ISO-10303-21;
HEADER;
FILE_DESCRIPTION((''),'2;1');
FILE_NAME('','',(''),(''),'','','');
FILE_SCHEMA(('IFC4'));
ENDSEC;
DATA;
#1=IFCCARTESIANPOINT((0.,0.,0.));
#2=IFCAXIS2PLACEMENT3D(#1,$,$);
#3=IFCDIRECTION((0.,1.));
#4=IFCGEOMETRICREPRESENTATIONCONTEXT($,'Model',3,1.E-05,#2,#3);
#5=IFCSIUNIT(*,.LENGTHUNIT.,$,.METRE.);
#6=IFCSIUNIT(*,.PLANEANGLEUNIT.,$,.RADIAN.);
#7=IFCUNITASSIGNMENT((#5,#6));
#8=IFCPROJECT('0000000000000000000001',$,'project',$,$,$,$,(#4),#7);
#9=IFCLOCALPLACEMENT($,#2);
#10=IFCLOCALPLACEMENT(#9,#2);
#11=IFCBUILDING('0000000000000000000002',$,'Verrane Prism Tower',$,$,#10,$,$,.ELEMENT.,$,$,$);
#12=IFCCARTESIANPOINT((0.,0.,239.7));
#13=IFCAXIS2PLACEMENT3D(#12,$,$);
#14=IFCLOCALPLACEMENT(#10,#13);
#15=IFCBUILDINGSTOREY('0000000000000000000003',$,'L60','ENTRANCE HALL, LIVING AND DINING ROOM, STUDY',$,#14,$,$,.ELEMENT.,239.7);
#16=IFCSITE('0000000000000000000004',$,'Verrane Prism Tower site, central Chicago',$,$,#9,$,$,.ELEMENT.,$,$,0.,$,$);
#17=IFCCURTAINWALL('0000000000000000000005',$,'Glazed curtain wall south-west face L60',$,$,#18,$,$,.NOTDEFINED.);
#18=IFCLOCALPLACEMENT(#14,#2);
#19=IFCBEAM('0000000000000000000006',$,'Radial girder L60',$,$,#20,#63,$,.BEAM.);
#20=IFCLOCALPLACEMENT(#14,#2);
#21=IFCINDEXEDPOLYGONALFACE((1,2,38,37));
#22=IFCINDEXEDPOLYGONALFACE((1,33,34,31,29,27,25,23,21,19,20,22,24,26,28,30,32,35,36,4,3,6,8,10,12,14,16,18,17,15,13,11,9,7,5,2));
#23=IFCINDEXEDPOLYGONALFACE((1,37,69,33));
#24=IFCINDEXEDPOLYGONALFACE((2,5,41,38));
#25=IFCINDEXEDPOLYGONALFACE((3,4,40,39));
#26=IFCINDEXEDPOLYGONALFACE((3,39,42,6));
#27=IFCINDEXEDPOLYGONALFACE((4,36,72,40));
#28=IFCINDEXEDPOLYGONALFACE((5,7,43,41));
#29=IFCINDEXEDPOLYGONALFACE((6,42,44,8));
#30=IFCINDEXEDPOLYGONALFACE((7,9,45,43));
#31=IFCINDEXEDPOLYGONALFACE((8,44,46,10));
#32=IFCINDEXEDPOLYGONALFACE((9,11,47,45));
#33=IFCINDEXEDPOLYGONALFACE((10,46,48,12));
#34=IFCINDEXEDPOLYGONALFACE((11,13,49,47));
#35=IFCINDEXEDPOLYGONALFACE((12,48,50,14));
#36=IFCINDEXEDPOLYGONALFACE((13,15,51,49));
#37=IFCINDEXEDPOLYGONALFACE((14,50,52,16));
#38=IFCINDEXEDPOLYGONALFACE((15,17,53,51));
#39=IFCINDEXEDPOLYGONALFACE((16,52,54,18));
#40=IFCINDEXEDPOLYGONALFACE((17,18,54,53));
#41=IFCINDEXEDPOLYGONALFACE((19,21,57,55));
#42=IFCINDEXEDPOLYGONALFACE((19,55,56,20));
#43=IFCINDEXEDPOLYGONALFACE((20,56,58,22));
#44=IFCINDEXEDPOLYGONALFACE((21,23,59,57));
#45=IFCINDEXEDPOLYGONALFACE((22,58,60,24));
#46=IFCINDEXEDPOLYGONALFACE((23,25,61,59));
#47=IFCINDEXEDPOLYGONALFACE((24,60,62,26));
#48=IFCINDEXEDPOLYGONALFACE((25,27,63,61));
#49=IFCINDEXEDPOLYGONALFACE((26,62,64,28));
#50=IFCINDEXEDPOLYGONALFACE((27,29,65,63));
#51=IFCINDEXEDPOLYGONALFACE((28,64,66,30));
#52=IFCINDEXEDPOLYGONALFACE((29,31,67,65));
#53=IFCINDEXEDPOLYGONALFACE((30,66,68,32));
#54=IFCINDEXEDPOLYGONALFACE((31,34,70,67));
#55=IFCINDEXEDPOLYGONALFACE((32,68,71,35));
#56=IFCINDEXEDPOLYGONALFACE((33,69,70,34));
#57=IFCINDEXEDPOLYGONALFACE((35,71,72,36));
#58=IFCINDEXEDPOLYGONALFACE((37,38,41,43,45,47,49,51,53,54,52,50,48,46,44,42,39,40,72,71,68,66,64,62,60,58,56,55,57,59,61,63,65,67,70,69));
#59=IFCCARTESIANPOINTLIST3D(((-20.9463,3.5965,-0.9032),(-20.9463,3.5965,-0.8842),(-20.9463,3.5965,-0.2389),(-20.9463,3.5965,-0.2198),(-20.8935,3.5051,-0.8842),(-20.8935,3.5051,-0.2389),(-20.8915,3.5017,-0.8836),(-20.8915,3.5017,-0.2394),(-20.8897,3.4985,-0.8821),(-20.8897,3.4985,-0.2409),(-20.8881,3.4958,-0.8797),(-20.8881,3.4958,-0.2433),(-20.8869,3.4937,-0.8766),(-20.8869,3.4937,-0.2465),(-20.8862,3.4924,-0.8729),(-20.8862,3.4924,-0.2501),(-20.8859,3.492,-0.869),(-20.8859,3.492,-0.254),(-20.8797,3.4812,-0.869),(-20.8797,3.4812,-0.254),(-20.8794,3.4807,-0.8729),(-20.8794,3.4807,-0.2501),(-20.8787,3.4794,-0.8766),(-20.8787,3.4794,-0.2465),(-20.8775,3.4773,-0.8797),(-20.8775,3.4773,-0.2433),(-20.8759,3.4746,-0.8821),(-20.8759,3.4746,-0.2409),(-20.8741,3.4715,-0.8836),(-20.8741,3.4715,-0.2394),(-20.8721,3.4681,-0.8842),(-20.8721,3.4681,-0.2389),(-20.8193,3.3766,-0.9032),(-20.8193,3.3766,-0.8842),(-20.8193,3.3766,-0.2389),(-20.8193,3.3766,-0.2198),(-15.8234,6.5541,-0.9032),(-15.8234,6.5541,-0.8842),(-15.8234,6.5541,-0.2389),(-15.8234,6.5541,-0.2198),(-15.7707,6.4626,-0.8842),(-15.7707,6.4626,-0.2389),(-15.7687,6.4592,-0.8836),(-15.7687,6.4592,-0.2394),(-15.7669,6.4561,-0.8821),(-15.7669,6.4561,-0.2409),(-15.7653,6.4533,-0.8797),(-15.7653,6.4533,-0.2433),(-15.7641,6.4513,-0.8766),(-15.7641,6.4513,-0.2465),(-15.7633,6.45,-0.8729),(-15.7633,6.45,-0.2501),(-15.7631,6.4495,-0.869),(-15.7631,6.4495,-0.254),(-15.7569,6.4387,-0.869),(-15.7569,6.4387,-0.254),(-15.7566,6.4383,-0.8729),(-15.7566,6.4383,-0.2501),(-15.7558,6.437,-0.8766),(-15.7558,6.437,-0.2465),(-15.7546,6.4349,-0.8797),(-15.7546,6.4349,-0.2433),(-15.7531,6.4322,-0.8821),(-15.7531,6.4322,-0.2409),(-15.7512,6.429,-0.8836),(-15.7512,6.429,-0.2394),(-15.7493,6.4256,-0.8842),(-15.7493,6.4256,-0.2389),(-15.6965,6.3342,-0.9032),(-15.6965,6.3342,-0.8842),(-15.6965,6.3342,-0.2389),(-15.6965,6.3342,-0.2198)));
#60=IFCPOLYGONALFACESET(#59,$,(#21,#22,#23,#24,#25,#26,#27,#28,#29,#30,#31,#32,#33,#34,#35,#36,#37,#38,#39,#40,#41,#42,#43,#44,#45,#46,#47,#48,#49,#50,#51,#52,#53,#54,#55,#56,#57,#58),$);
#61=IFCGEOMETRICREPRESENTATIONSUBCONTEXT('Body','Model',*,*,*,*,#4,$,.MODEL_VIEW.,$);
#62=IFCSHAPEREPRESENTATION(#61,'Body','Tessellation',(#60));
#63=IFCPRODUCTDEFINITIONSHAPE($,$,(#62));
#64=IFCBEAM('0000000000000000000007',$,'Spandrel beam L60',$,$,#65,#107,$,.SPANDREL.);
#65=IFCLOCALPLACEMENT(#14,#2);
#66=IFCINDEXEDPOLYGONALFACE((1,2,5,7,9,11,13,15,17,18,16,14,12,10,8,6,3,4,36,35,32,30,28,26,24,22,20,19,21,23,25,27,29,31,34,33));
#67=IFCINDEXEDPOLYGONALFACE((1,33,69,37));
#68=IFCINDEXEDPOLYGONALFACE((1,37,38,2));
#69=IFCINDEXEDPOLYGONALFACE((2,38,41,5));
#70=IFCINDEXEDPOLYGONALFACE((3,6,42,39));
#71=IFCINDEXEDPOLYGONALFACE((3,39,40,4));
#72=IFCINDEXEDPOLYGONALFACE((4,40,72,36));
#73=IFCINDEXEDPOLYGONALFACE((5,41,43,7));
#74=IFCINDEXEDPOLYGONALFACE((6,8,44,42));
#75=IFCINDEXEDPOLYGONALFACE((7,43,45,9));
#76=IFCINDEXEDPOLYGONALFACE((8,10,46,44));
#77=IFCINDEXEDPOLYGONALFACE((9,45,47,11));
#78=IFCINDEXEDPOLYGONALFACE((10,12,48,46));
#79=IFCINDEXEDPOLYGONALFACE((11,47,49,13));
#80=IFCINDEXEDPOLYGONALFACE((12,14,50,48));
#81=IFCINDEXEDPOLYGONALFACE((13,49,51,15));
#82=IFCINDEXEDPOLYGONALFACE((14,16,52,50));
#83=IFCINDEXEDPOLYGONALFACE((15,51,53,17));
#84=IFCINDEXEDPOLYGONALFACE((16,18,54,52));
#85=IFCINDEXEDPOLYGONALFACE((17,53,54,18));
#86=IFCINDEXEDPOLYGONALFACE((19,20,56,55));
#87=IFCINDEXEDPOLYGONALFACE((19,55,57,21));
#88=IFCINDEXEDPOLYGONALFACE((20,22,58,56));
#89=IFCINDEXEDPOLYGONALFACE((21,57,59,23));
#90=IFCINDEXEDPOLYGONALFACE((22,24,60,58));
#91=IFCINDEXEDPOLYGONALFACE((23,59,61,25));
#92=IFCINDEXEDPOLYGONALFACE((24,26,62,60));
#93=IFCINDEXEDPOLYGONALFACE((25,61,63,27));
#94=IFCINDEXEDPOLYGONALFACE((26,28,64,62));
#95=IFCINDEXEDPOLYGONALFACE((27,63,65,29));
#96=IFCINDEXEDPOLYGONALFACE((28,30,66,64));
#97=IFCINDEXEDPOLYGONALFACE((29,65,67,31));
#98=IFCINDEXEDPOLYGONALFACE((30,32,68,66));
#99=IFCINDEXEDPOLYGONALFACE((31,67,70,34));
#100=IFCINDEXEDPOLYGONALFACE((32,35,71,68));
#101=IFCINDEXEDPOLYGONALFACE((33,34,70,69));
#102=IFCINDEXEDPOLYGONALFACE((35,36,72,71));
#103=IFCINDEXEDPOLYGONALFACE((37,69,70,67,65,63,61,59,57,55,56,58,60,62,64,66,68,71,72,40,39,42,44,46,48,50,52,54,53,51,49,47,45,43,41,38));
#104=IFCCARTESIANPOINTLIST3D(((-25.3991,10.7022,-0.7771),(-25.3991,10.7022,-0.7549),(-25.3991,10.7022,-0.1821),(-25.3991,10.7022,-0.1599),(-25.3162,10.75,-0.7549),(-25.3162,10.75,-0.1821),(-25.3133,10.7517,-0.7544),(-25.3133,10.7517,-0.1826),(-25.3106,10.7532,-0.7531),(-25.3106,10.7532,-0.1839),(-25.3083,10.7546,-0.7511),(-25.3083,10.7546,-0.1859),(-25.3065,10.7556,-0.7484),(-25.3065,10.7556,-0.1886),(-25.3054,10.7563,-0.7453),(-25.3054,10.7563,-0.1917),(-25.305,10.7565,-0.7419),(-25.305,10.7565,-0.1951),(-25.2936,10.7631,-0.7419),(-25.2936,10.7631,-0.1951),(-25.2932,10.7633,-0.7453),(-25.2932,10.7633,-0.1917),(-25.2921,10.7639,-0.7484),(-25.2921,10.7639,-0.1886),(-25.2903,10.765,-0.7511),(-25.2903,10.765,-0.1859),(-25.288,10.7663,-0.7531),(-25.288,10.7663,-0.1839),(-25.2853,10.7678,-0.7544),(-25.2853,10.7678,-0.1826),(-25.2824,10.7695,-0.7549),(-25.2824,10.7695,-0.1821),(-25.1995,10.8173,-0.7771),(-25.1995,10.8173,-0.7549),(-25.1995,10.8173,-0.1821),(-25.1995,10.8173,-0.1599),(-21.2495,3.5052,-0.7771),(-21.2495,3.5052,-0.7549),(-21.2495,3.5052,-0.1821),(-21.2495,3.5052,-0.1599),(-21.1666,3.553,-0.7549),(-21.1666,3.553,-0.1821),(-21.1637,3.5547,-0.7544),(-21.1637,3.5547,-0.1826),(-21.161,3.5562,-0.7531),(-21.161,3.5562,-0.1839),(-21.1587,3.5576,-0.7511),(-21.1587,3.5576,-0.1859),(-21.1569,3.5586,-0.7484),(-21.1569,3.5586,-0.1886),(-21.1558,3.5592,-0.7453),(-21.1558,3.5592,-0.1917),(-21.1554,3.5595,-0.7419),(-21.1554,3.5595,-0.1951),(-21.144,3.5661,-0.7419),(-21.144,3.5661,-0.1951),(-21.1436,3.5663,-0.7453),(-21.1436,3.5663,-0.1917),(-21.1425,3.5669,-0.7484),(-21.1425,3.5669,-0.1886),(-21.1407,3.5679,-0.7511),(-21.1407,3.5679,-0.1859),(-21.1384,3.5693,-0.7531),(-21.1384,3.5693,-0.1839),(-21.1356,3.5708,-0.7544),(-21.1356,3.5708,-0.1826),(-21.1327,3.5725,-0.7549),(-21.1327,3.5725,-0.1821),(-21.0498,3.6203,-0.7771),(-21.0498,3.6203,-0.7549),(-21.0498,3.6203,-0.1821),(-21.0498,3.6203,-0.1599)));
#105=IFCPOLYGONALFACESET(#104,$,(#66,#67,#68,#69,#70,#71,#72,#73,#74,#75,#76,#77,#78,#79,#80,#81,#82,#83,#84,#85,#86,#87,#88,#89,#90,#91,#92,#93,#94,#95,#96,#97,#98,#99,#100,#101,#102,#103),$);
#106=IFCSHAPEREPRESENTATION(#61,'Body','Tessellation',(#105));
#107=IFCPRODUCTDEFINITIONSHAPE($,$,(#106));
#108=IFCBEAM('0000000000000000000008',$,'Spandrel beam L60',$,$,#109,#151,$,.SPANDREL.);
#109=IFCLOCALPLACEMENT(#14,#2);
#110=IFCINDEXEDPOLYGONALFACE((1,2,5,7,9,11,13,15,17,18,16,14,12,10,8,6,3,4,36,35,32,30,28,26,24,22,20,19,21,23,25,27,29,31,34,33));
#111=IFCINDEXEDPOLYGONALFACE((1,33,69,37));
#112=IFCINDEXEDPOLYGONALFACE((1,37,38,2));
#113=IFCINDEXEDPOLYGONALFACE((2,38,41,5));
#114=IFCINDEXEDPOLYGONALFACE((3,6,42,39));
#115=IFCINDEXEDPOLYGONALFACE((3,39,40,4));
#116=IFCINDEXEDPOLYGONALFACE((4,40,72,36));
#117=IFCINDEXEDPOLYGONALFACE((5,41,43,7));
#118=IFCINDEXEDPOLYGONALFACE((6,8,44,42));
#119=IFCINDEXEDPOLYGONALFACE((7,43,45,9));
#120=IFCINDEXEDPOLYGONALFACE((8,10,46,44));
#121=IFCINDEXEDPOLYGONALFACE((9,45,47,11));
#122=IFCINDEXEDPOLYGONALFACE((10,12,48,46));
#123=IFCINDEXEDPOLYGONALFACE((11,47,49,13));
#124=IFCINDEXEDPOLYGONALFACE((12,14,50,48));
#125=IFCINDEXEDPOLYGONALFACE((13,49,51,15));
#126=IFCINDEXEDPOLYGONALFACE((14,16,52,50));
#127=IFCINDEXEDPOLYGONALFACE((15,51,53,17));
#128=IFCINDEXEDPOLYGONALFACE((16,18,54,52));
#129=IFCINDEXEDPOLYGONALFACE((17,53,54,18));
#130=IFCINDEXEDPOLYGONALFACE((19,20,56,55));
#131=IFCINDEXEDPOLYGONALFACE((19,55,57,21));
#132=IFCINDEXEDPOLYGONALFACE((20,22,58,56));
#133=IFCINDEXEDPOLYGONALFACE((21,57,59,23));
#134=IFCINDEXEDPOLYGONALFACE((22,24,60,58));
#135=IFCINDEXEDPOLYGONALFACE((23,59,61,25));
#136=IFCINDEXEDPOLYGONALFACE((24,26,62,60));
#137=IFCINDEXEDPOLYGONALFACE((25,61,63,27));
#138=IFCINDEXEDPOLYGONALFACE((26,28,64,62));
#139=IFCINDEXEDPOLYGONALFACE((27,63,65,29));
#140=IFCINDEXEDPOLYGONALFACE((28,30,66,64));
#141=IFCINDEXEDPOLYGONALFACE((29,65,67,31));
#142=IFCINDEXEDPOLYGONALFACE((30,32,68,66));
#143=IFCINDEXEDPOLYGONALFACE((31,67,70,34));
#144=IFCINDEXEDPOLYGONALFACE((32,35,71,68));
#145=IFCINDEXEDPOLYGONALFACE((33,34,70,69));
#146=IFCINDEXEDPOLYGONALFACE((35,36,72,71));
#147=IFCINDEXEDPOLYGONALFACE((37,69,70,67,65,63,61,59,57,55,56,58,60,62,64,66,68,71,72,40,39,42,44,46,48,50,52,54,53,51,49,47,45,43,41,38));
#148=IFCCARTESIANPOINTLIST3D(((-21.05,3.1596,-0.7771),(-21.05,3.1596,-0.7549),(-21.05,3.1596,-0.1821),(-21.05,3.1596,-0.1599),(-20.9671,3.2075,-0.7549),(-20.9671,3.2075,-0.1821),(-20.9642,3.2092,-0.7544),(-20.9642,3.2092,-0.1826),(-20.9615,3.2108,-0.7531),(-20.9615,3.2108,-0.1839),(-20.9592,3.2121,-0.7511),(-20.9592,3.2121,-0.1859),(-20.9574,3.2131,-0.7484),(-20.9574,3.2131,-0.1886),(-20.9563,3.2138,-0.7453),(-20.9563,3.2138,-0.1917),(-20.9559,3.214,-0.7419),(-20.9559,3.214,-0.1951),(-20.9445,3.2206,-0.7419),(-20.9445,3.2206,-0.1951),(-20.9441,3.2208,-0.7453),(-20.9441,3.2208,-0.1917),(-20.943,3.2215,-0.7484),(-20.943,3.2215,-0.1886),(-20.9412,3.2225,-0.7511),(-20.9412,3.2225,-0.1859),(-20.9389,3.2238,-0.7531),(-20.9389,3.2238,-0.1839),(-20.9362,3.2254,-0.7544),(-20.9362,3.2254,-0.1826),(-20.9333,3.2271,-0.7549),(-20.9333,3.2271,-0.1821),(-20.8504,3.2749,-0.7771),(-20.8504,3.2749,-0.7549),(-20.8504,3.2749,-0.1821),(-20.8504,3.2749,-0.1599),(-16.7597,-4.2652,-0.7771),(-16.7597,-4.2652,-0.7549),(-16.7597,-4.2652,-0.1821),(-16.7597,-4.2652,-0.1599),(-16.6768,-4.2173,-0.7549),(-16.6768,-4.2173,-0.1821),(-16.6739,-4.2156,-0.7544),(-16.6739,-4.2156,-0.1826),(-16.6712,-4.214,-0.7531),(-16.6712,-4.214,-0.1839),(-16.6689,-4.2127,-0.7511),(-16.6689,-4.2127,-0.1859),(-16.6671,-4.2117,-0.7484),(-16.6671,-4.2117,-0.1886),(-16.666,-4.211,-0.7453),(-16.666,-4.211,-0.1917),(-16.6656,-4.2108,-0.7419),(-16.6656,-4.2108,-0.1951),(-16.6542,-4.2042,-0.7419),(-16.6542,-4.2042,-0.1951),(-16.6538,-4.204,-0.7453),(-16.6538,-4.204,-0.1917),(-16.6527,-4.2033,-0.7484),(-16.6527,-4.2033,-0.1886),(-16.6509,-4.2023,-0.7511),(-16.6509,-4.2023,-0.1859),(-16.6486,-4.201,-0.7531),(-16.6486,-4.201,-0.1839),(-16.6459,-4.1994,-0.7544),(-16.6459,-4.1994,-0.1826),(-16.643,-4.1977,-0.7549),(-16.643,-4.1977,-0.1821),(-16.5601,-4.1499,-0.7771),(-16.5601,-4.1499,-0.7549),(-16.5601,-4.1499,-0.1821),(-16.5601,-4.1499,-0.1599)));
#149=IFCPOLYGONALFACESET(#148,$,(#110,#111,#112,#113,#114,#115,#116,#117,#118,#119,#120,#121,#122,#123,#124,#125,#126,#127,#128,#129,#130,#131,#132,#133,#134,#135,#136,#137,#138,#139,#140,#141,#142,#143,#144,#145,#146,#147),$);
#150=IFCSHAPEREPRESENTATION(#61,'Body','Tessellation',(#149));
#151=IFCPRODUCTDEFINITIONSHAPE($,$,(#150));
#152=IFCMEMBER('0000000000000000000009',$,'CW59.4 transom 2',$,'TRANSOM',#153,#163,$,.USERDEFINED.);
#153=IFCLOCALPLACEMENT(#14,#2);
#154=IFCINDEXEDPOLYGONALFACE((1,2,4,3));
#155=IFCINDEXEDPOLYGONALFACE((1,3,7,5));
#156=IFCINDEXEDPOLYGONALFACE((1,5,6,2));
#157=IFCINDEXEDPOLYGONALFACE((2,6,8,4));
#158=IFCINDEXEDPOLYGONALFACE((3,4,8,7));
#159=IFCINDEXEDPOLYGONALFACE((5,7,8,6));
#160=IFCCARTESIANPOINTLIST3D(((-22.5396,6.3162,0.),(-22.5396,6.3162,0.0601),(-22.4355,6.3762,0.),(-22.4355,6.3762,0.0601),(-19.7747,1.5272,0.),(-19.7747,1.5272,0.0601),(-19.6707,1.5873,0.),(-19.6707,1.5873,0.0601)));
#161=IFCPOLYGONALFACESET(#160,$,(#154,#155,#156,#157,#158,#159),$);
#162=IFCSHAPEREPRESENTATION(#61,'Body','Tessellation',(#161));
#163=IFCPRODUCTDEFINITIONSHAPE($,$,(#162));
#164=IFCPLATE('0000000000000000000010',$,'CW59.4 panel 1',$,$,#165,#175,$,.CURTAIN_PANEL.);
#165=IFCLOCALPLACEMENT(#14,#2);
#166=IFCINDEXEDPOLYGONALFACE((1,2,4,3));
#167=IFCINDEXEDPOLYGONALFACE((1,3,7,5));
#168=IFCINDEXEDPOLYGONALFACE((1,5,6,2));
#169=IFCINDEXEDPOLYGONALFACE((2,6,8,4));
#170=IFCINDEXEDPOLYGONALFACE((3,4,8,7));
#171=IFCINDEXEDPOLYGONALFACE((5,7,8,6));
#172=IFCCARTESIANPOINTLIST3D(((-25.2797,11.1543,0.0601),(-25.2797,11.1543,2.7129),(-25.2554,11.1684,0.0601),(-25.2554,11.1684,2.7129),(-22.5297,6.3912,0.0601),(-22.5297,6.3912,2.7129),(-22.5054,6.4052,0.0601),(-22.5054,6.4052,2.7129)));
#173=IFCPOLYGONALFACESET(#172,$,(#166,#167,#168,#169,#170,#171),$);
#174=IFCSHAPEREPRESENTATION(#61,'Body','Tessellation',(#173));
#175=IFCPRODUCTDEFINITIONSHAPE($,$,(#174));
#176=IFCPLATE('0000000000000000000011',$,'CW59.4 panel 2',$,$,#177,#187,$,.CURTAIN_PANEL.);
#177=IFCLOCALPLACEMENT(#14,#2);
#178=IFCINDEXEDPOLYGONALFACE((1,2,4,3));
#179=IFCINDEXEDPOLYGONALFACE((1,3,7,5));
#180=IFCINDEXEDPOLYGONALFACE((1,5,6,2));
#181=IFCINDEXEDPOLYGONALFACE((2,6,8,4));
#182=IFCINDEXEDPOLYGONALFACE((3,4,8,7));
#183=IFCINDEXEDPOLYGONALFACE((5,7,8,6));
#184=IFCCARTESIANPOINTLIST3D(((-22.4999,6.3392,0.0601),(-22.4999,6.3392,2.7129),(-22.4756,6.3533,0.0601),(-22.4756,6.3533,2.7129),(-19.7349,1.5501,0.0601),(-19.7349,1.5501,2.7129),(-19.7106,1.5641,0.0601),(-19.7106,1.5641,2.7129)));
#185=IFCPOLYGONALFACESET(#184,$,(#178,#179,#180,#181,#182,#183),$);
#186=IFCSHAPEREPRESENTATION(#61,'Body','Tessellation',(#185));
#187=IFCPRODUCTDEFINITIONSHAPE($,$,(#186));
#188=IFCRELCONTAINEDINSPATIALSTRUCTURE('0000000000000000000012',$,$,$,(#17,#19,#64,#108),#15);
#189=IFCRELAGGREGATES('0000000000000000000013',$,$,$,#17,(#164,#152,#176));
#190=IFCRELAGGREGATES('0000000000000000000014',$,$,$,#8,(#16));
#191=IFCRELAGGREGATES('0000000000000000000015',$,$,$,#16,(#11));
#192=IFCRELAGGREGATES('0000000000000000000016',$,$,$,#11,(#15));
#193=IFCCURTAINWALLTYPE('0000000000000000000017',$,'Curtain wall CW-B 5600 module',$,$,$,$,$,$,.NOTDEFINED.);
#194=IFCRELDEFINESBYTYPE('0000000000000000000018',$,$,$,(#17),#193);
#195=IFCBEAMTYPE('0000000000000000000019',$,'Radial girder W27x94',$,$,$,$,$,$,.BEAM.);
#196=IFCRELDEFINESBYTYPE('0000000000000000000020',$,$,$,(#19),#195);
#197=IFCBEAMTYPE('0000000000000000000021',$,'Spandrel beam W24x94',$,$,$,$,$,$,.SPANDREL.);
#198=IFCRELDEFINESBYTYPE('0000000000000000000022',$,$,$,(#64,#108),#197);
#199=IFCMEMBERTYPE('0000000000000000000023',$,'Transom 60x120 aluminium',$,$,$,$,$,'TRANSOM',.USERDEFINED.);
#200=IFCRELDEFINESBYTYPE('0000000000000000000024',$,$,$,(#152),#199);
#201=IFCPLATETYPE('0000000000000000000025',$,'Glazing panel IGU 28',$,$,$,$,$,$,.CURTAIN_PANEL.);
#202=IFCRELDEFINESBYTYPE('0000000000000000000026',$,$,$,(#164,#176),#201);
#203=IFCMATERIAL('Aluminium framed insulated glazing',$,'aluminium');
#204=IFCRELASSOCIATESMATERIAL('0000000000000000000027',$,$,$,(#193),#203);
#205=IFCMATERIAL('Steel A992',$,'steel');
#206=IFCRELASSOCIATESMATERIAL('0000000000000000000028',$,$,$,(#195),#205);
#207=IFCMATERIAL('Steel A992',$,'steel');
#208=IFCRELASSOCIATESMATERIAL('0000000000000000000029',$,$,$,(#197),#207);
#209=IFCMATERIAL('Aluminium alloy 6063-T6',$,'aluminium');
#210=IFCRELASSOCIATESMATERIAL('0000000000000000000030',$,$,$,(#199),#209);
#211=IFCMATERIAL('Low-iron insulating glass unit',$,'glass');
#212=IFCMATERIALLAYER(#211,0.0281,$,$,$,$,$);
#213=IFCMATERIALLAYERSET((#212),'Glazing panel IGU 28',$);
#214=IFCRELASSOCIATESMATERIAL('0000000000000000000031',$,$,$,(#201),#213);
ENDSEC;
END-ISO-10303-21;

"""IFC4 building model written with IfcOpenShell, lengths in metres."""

from ifc_helpers import new_model, si_unit, direction, frame, origin, origin_2d, place, context, subcontext, project, spatial, rectangle, i_section, extrude, material, layer, layer_set, material_profile, profile_set, type_object, element, aggregate, save


model = new_model("IFC4")

# Units and contexts
model_context = context("Model", 3, precision=1e-05, world=origin(), true_north=direction((0.0, 1.0)))
body_context = subcontext(model_context, "Body", "Model", "MODEL_VIEW")
ifc_project = project(units=[si_unit("LENGTHUNIT", "METRE"), si_unit("PLANEANGLEUNIT", "RADIAN")], contexts=[model_context])

# Site, building, storey
site_placement = place(None, origin())
site = spatial("IfcSite", under=ifc_project, at=site_placement, Name="Verrane Prism Tower site, central Chicago", CompositionType="ELEMENT", RefElevation=0.0)
building_placement = place(site_placement, origin())
building = spatial("IfcBuilding", under=site, at=building_placement, Name="Verrane Prism Tower", CompositionType="ELEMENT")
storey_placement = place(building_placement, frame((0.0, 0.0, 239.7)))
storey = spatial("IfcBuildingStorey", under=building, at=storey_placement, Name="L60", Description="ENTRANCE HALL, LIVING AND DINING ROOM, STUDY", CompositionType="ELEMENT", Elevation=239.7)

# Curtain wall
ifc_material_1 = material(Name="Aluminium framed insulated glazing", Category="aluminium")
curtain_wall_type = type_object("IfcCurtainWallType", Name="Curtain wall CW-B 5600 module", PredefinedType="NOTDEFINED", material=ifc_material_1)
curtain_wall_placement = place(storey_placement, origin())
curtain_wall = element("IfcCurtainWall", 1, at=curtain_wall_placement, inside=storey, type_object=curtain_wall_type, Name="Glazed curtain wall south-west face L60", PredefinedType="NOTDEFINED")

# Beams
ifc_material_2 = material(Name="Steel A992", Category="steel")
ifc_material_profile_1 = material_profile(ifc_material_2, i_section(OverallWidth=0.2539, OverallDepth=0.6833, WebThickness=0.0125, FlangeThickness=0.019, FilletRadius=0.0151, at=origin_2d()), Name="W27x94")
ifc_profile_set_1 = profile_set([ifc_material_profile_1], Name="Steel A992")
beam_type_1 = type_object("IfcBeamType", Name="Radial girder W27x94", PredefinedType="BEAM", material=ifc_profile_set_1)
beam_1_placement = place(storey_placement, frame((-20.8828, 3.4866, -0.5615), z_axis=(0.866035, 0.499983, 0.0), x_axis=(-0.499983, 0.866035, 0.0)))
element("IfcBeam", 2, at=beam_1_placement, inside=storey, type_object=beam_type_1, Name="Radial girder L60", PredefinedType="BEAM", context=body_context, shape_type="SweptSolid", body=[
    extrude(i_section(OverallWidth=0.2539, OverallDepth=0.6833, WebThickness=0.0125, FlangeThickness=0.019, FilletRadius=0.0151, at=origin_2d()), origin(), (0.0, 0.0, 1.0), 5.9153),
])
ifc_material_3 = material(Name="Steel A992", Category="steel")
ifc_material_profile_2 = material_profile(ifc_material_3, i_section(OverallWidth=0.2305, OverallDepth=0.6172, WebThickness=0.0132, FlangeThickness=0.0222, FilletRadius=0.0129, at=origin_2d()), Name="W24x94")
ifc_profile_set_2 = profile_set([ifc_material_profile_2], Name="Steel A992")
beam_type_2 = type_object("IfcBeamType", Name="Spandrel beam W24x94", PredefinedType="SPANDREL", material=ifc_profile_set_2)
beam_2_placement = place(storey_placement, frame((-25.2993, 10.7598, -0.4685), z_axis=(0.499499, -0.866314, 0.0), x_axis=(0.866314, 0.499499, 0.0)))
element("IfcBeam", 3, at=beam_2_placement, inside=storey, type_object=beam_type_2, Name="Spandrel beam L60", PredefinedType="SPANDREL", context=body_context, shape_type="SweptSolid", body=[
    extrude(i_section(OverallWidth=0.2305, OverallDepth=0.6172, WebThickness=0.0132, FlangeThickness=0.0222, FilletRadius=0.0129, at=origin_2d()), origin(), (0.0, 0.0, 1.0), 8.3076),
])
beam_3_placement = place(storey_placement, frame((-20.9502, 3.2173, -0.4685), z_axis=(0.500312, -0.865845, 0.0), x_axis=(0.865845, 0.500312, 0.0)))
element("IfcBeam", 4, at=beam_3_placement, inside=storey, type_object=beam_type_2, Name="Spandrel beam L60", PredefinedType="SPANDREL", context=body_context, shape_type="SweptSolid", body=[
    extrude(i_section(OverallWidth=0.2305, OverallDepth=0.6172, WebThickness=0.0132, FlangeThickness=0.0222, FilletRadius=0.0129, at=origin_2d()), origin(), (0.0, 0.0, 1.0), 8.5752),
])

# Member
ifc_material_4 = material(Name="Aluminium alloy 6063-T6", Category="aluminium")
ifc_material_profile_3 = material_profile(ifc_material_4, rectangle(XDim=0.1201, YDim=0.0601, at=origin_2d()), Name="Transom 60x120 aluminium")
ifc_profile_set_3 = profile_set([ifc_material_profile_3], Name="Aluminium alloy 6063-T6")
member_type_1 = type_object("IfcMemberType", Name="Transom 60x120 aluminium", ElementType="TRANSOM", PredefinedType="USERDEFINED", material=ifc_profile_set_3)
member_1_placement = place(storey_placement, frame((-22.4875, 6.3462, 0.03), z_axis=(0.49999, -0.866031, 0.0), x_axis=(0.866031, 0.49999, 0.0)))
member_1 = element("IfcMember", 5, at=member_1_placement, type_object=member_type_1, Name="CW59.4 transom 2", ObjectType="TRANSOM", PredefinedType="USERDEFINED", context=body_context, shape_type="SweptSolid", body=[
    extrude(rectangle(XDim=0.1201, YDim=0.0601, at=origin_2d()), origin(), (0.0, 0.0, 1.0), 5.5298),
])

# Plates
ifc_material_5 = material(Name="Low-iron insulating glass unit", Category="glass")
ifc_layer_1 = layer(ifc_material_5, 0.0281)
ifc_layer_set_1 = layer_set([ifc_layer_1], Name="Glazing panel IGU 28")
plate_type = type_object("IfcPlateType", Name="Glazing panel IGU 28", PredefinedType="CURTAIN_PANEL", material=ifc_layer_set_1)
plate_1_placement = place(storey_placement, frame((-23.8926, 8.7798, 0.0601), z_axis=(0.0, 0.0, 1.0), x_axis=(0.499999, -0.866026, 0.0)))
plate_1 = element("IfcPlate", 6, at=plate_1_placement, type_object=plate_type, Name="CW59.4 panel 1", PredefinedType="CURTAIN_PANEL", context=body_context, shape_type="SweptSolid", body=[
    extrude(rectangle(XDim=5.5, YDim=0.0281, at=origin_2d()), origin(), (0.0, 0.0, 1.0), 2.6528),
])
plate_2_placement = place(storey_placement, frame((-21.1052, 3.9517, 0.0601), z_axis=(0.0, 0.0, 1.0), x_axis=(0.499999, -0.866026, 0.0)))
plate_2 = element("IfcPlate", 7, at=plate_2_placement, type_object=plate_type, Name="CW59.4 panel 2", PredefinedType="CURTAIN_PANEL", context=body_context, shape_type="SweptSolid", body=[
    extrude(rectangle(XDim=5.53, YDim=0.0281, at=origin_2d()), origin(), (0.0, 0.0, 1.0), 2.6528),
])
aggregate(curtain_wall, [plate_1, member_1, plate_2])

save(model, "model.ifc")
